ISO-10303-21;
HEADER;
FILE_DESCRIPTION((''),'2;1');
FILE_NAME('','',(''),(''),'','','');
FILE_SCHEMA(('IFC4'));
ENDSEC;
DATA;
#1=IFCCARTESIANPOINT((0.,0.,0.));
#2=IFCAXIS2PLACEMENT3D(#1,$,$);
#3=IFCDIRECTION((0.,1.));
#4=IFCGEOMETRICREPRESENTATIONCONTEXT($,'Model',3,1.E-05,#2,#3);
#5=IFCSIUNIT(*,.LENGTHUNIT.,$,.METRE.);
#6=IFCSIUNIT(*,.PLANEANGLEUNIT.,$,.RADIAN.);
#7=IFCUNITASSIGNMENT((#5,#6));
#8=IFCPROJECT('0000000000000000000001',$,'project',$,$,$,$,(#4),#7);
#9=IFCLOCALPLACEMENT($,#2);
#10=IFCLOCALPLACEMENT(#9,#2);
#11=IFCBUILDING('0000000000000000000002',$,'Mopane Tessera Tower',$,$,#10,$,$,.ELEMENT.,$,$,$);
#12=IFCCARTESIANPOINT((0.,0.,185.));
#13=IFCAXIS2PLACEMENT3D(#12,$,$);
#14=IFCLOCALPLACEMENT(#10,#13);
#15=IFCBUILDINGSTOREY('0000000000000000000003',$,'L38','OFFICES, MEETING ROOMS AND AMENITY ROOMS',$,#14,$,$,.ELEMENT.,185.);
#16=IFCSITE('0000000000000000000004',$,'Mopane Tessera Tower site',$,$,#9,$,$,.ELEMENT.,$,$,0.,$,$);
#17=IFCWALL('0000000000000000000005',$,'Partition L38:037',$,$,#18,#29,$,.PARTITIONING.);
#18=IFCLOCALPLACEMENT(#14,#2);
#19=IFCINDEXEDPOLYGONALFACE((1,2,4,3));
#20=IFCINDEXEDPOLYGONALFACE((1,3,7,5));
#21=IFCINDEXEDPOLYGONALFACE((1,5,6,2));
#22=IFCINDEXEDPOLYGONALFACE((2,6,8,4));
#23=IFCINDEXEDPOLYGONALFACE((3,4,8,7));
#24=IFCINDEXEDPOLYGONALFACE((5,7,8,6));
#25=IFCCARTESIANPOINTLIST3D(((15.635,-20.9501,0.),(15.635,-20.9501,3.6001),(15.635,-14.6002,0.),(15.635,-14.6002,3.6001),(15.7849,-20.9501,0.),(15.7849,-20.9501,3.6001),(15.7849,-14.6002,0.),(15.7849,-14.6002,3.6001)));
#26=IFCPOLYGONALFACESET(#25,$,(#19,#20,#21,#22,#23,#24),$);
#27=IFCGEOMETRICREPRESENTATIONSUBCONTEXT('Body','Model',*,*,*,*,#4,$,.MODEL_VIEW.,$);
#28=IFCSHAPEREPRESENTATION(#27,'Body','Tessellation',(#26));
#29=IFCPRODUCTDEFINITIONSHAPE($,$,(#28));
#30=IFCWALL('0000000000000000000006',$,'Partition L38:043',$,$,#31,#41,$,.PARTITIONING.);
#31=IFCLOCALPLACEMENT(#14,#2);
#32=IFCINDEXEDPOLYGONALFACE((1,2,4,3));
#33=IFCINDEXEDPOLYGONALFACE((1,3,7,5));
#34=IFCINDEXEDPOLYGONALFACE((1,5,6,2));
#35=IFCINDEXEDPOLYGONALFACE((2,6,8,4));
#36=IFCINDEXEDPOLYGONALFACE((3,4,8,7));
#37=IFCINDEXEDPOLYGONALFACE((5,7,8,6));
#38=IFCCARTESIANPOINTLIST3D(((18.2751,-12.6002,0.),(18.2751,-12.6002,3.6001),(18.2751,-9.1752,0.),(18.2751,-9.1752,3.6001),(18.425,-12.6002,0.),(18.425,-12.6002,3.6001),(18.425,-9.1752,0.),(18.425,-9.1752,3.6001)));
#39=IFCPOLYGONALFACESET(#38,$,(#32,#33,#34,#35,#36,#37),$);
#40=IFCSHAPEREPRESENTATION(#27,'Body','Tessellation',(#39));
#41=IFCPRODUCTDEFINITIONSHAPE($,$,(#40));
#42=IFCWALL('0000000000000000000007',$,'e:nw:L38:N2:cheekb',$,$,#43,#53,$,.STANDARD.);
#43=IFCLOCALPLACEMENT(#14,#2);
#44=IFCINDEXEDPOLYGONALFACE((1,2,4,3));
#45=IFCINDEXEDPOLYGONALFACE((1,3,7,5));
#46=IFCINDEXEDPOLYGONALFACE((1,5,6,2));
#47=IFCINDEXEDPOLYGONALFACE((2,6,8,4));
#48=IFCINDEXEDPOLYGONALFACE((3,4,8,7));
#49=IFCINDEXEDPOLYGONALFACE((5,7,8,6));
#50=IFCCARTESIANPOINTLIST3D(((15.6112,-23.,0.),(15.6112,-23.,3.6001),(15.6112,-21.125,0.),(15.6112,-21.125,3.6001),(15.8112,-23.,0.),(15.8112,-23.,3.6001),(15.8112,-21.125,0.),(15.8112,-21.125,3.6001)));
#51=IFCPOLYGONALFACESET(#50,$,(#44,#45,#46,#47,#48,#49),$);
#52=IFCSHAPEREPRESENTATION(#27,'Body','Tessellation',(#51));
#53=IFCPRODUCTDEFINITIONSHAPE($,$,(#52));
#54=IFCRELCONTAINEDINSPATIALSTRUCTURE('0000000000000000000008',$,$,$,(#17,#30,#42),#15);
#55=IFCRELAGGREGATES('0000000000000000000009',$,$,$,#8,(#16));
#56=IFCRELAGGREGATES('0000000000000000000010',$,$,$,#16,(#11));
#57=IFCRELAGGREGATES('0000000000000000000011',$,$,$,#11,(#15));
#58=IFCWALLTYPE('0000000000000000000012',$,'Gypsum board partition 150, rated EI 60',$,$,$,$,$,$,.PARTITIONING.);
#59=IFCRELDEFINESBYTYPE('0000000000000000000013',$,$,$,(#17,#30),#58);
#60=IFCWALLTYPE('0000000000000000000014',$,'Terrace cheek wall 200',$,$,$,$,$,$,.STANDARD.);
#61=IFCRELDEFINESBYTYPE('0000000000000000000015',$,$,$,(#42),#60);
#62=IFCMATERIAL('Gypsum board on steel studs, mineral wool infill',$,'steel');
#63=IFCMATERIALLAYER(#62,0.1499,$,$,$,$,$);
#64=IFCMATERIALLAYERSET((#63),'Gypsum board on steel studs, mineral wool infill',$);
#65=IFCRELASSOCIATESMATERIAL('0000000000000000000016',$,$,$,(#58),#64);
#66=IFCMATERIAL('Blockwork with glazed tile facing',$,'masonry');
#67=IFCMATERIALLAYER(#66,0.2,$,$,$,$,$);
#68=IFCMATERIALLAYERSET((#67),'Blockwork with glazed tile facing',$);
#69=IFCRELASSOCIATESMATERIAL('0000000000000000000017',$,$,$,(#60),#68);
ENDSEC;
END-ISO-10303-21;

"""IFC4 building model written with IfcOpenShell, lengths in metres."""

from ifc_helpers import new_model, si_unit, direction, frame, frame_2d, origin, place, context, subcontext, project, spatial, rectangle, extrude, material, layer, layer_set, type_object, element, save


model = new_model("IFC4")

# Units and contexts
model_context = context("Model", 3, precision=1e-05, world=origin(), true_north=direction((0.0, 1.0)))
body_context = subcontext(model_context, "Body", "Model", "MODEL_VIEW")
ifc_project = project(units=[si_unit("LENGTHUNIT", "METRE"), si_unit("PLANEANGLEUNIT", "RADIAN")], contexts=[model_context])

# Site, building, storey
site_placement = place(None, origin())
site = spatial("IfcSite", under=ifc_project, at=site_placement, Name="Mopane Tessera Tower site", CompositionType="ELEMENT", RefElevation=0.0)
building_placement = place(site_placement, origin())
building = spatial("IfcBuilding", under=site, at=building_placement, Name="Mopane Tessera Tower", CompositionType="ELEMENT")
storey_placement = place(building_placement, frame((0.0, 0.0, 185.0)))
storey = spatial("IfcBuildingStorey", under=building, at=storey_placement, Name="L38", Description="OFFICES, MEETING ROOMS AND AMENITY ROOMS", CompositionType="ELEMENT", Elevation=185.0)

# Walls
ifc_material_1 = material(Name="Gypsum board on steel studs, mineral wool infill", Category="steel")
ifc_layer_1 = layer(ifc_material_1, 0.1499)
ifc_layer_set_1 = layer_set([ifc_layer_1], Name="Gypsum board on steel studs, mineral wool infill")
wall_type_1 = type_object("IfcWallType", Name="Gypsum board partition 150, rated EI 60", PredefinedType="PARTITIONING", material=ifc_layer_set_1)
wall_1_placement = place(storey_placement, frame((15.71, -20.95, 0.0), z_axis=(0.0, 0.0, 1.0), x_axis=(0.0, 1.0, 0.0)))
element("IfcWall", 1, at=wall_1_placement, inside=storey, type_object=wall_type_1, Name="Partition L38:037", PredefinedType="PARTITIONING", context=body_context, shape_type="SweptSolid", body=[
    extrude(rectangle(XDim=6.3499, YDim=0.1499, at=frame_2d((3.1748, 0.0))), origin(), (0.0, 0.0, 1.0), 3.6001),
])
wall_2_placement = place(storey_placement, frame((18.3501, -12.6001, 0.0), z_axis=(0.0, 0.0, 1.0), x_axis=(0.0, 1.0, 0.0)))
element("IfcWall", 2, at=wall_2_placement, inside=storey, type_object=wall_type_1, Name="Partition L38:043", PredefinedType="PARTITIONING", context=body_context, shape_type="SweptSolid", body=[
    extrude(rectangle(XDim=3.425, YDim=0.1499, at=frame_2d((1.7124, 0.0))), origin(), (0.0, 0.0, 1.0), 3.6001),
])
ifc_material_2 = material(Name="Blockwork with glazed tile facing", Category="masonry")
ifc_layer_2 = layer(ifc_material_2, 0.2)
ifc_layer_set_2 = layer_set([ifc_layer_2], Name="Blockwork with glazed tile facing")
wall_type_2 = type_object("IfcWallType", Name="Terrace cheek wall 200", PredefinedType="STANDARD", material=ifc_layer_set_2)
wall_3_placement = place(storey_placement, frame((15.7112, -23.0, 0.0), z_axis=(0.0, 0.0, 1.0), x_axis=(0.0, 1.0, 0.0)))
element("IfcWall", 3, at=wall_3_placement, inside=storey, type_object=wall_type_2, Name="e:nw:L38:N2:cheekb", PredefinedType="STANDARD", context=body_context, shape_type="SweptSolid", body=[
    extrude(rectangle(XDim=1.875, YDim=0.2, at=frame_2d((0.9375, 0.0))), origin(), (0.0, 0.0, 1.0), 3.6001),
])

save(model, "model.ifc")
